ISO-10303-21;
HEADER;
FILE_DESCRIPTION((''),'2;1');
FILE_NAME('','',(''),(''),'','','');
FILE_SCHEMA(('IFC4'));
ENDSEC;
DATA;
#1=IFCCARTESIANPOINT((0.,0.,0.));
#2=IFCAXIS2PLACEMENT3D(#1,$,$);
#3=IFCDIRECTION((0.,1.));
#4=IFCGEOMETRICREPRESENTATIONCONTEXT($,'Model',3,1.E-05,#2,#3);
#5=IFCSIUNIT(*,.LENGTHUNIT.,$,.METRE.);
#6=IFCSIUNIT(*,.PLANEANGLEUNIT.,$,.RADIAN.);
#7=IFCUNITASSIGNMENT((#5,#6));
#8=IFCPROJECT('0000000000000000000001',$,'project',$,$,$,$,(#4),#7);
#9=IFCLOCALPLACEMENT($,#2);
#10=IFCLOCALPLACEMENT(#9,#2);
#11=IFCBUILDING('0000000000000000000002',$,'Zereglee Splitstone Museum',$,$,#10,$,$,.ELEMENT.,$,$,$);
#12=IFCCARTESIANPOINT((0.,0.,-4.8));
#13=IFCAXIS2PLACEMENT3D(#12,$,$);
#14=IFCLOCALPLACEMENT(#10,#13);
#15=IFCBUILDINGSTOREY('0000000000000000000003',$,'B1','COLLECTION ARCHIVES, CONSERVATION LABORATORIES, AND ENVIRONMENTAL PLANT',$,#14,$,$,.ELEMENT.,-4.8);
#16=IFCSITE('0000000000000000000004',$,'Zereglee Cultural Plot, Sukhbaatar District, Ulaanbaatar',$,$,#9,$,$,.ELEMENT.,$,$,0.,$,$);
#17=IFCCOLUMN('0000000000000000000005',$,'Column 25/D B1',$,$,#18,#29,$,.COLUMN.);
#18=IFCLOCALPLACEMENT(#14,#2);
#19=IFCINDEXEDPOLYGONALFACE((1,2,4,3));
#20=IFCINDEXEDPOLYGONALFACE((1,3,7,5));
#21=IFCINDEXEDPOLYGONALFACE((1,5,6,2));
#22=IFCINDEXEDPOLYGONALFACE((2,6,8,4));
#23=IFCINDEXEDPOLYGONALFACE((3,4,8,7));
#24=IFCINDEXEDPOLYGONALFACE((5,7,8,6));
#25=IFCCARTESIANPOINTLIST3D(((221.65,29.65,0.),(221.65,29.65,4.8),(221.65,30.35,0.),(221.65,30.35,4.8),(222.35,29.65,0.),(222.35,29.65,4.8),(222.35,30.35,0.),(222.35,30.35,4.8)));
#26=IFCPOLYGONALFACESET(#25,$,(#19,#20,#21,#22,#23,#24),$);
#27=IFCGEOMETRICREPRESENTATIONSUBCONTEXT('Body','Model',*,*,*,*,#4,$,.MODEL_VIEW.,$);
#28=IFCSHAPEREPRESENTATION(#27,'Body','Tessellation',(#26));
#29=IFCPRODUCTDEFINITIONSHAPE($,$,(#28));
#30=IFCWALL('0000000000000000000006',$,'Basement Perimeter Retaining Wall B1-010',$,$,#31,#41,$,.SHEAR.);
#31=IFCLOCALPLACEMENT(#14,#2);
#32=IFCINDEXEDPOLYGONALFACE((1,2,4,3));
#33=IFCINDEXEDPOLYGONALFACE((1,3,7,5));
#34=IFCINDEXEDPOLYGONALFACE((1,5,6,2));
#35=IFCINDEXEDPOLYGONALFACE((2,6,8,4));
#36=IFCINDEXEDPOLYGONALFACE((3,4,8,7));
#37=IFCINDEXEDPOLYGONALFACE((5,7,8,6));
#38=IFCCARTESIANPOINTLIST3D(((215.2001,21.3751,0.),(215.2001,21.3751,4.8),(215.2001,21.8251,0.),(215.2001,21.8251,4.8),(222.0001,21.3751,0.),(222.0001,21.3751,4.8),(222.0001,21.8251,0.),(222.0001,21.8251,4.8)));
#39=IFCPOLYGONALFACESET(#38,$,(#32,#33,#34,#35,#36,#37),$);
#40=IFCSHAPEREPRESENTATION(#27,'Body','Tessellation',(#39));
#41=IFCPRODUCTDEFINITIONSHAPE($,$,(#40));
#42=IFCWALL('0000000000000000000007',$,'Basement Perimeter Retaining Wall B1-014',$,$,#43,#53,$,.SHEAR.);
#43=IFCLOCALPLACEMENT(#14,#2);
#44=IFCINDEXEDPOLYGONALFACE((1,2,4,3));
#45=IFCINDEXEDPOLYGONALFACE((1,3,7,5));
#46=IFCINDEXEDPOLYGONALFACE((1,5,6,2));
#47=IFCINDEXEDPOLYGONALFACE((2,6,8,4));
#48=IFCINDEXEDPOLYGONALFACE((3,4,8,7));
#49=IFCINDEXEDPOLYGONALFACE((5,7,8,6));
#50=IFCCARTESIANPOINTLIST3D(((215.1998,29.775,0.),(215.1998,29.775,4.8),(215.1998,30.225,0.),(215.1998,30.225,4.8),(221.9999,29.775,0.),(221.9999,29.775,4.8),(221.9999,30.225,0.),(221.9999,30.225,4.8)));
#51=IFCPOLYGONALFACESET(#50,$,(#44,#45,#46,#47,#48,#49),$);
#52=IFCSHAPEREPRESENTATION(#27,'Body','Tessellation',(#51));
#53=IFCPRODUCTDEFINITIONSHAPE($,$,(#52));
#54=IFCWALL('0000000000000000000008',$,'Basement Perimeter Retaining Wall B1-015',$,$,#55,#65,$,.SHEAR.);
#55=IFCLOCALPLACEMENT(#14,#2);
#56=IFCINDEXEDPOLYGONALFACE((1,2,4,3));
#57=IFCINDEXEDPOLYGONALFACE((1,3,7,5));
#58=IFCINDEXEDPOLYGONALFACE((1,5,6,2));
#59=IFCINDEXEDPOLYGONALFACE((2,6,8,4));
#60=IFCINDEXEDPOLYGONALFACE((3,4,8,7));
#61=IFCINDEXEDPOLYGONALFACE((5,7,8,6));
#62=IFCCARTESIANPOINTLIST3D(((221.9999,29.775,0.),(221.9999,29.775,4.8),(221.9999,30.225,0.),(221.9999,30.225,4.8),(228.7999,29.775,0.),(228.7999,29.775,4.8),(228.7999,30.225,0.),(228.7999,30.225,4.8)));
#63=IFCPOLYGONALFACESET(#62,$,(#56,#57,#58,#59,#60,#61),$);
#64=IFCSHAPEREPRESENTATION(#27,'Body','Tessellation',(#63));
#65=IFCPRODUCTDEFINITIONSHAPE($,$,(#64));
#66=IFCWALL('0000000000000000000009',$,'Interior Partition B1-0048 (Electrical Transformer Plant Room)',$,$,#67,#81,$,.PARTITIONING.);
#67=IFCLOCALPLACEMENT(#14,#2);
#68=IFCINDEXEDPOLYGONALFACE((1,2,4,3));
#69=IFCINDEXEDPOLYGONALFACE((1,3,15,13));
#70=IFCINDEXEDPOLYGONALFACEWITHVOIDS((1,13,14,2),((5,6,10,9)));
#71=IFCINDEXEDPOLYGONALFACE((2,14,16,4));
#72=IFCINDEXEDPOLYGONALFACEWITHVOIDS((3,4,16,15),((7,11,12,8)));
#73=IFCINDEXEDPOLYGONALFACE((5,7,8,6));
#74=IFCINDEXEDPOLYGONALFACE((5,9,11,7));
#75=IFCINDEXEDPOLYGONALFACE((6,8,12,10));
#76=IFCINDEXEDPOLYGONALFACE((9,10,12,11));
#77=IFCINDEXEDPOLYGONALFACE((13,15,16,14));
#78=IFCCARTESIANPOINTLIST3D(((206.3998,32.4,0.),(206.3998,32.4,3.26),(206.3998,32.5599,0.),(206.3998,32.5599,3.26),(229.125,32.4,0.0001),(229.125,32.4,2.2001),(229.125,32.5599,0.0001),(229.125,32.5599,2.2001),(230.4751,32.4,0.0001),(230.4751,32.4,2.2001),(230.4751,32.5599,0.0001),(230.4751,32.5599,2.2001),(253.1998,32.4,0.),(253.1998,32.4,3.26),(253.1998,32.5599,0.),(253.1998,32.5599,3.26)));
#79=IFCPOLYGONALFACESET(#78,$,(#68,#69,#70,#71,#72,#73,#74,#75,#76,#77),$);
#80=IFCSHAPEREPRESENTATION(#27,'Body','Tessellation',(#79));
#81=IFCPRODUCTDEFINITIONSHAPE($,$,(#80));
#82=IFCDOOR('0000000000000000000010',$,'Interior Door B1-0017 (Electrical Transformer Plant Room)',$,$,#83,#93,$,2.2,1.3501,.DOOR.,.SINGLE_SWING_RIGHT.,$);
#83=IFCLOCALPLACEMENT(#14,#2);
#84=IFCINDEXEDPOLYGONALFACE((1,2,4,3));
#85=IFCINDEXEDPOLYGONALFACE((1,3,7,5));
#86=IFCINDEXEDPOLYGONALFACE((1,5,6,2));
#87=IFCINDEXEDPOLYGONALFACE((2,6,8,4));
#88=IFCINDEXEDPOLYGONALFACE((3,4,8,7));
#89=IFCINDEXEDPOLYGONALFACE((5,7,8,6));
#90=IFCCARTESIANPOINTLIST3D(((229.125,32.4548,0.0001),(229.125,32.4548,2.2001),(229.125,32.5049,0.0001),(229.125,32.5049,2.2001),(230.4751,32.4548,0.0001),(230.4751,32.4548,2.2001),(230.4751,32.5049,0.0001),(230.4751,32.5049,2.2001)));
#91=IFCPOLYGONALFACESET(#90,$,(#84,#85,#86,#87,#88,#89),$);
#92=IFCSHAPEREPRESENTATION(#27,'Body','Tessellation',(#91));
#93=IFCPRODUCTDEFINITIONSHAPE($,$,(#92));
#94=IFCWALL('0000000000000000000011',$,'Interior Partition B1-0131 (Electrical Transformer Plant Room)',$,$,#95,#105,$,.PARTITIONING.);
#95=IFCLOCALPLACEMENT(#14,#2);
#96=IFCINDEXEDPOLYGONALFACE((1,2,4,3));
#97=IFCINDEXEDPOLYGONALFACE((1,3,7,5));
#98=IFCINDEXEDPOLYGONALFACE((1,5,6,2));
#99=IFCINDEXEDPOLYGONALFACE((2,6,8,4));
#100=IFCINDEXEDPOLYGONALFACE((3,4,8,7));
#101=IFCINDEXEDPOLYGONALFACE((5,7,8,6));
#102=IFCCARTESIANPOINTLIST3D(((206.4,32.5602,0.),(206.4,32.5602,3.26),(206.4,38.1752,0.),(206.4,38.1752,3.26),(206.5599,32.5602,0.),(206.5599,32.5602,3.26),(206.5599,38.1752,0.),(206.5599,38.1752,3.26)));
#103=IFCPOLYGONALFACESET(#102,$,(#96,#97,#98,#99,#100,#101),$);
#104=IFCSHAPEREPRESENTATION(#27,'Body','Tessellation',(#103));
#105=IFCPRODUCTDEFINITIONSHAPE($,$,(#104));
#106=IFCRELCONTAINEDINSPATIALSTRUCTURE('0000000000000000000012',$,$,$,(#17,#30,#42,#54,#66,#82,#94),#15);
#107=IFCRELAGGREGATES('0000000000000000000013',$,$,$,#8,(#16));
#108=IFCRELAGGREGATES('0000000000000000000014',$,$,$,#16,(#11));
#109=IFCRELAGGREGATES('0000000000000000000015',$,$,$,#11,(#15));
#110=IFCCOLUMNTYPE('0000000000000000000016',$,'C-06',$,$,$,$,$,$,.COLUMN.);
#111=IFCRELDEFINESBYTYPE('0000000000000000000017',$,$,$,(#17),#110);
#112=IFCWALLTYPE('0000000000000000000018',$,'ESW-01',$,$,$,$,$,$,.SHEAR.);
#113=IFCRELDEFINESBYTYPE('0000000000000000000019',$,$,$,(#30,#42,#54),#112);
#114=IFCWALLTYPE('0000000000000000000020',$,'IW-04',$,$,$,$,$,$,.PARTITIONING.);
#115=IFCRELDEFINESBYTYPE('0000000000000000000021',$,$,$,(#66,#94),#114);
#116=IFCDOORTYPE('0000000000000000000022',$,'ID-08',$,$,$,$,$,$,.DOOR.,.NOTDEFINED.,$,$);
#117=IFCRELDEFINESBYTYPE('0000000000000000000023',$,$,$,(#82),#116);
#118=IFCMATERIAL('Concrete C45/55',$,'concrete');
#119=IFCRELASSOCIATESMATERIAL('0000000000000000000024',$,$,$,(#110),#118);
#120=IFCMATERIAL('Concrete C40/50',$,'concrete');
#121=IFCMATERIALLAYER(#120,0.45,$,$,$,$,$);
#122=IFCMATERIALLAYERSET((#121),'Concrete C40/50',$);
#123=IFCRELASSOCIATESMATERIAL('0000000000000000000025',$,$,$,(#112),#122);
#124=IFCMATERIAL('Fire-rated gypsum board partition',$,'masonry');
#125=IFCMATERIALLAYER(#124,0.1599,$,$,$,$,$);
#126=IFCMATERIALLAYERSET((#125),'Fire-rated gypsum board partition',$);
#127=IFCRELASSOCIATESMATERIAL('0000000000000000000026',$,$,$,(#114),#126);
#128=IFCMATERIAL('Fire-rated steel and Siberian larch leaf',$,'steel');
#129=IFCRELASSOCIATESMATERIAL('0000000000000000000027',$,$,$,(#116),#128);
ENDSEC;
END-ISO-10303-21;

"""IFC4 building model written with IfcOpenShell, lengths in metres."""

from ifc_helpers import new_model, si_unit, direction, frame, frame_2d, origin, origin_2d, place, context, subcontext, project, spatial, rectangle, extrude, material, layer, layer_set, material_profile, profile_set, type_object, element, fill, save


model = new_model("IFC4")

# Units and contexts
model_context = context("Model", 3, precision=1e-05, world=origin(), true_north=direction((0.0, 1.0)))
body_context = subcontext(model_context, "Body", "Model", "MODEL_VIEW")
ifc_project = project(units=[si_unit("LENGTHUNIT", "METRE"), si_unit("PLANEANGLEUNIT", "RADIAN")], contexts=[model_context])

# Site, building, storey
site_placement = place(None, origin())
site = spatial("IfcSite", under=ifc_project, at=site_placement, Name="Zereglee Cultural Plot, Sukhbaatar District, Ulaanbaatar", CompositionType="ELEMENT", RefElevation=0.0)
building_placement = place(site_placement, origin())
building = spatial("IfcBuilding", under=site, at=building_placement, Name="Zereglee Splitstone Museum", CompositionType="ELEMENT")
storey_placement = place(building_placement, frame((0.0, 0.0, -4.8)))
storey = spatial("IfcBuildingStorey", under=building, at=storey_placement, Name="B1", Description="COLLECTION ARCHIVES, CONSERVATION LABORATORIES, AND ENVIRONMENTAL PLANT", CompositionType="ELEMENT", Elevation=-4.8)

# Shared definitions
ifc_material_1 = material(Name="Concrete C40/50", Category="concrete")

# Column
ifc_material_2 = material(Name="Concrete C45/55", Category="concrete")
ifc_material_profile_1 = material_profile(ifc_material_2, rectangle(XDim=0.7, YDim=0.7, at=origin_2d()), Name="RC 700x700")
ifc_profile_set_1 = profile_set([ifc_material_profile_1], Name="Concrete C45/55")
column_type_1 = type_object("IfcColumnType", Name="C-06", PredefinedType="COLUMN", material=ifc_profile_set_1)
column_1_placement = place(storey_placement, frame((222.0, 30.0, 0.0), z_axis=(0.0, 0.0, 1.0), x_axis=(1.0, 0.0, 0.0)))
element("IfcColumn", 1, at=column_1_placement, inside=storey, type_object=column_type_1, Name="Column 25/D B1", PredefinedType="COLUMN", context=body_context, shape_type="SweptSolid", body=[
    extrude(rectangle(XDim=0.7, YDim=0.7, at=origin_2d()), origin(), (0.0, 0.0, 1.0), 4.8),
])

# Walls
ifc_layer_1 = layer(ifc_material_1, 0.45)
ifc_layer_set_1 = layer_set([ifc_layer_1], Name="Concrete C40/50")
wall_type_1 = type_object("IfcWallType", Name="ESW-01", PredefinedType="SHEAR", material=ifc_layer_set_1)
for number, where, z_axis, x_axis, name in (
    (2, (222.0, 21.6001, 0.0), (0.0, 0.0, 1.0), (-1.0, 0.0, 0.0), "Basement Perimeter Retaining Wall B1-010"),
    (3, (215.2, 30.0, 0.0), (0.0, 0.0, 1.0), (1.0, 0.0, 0.0), "Basement Perimeter Retaining Wall B1-014"),
    (4, (222.0, 30.0, 0.0), (0.0, 0.0, 1.0), (1.0, 0.0, 0.0), "Basement Perimeter Retaining Wall B1-015"),
):
    element("IfcWall", number, at=place(storey_placement, frame(where, z_axis=z_axis, x_axis=x_axis)), inside=storey, type_object=wall_type_1, Name=name, PredefinedType="SHEAR", context=body_context, shape_type="SweptSolid", body=[
        extrude(rectangle(XDim=6.8, YDim=0.45, at=frame_2d((3.3999, 0.0))), origin(), (0.0, 0.0, 1.0), 4.8),
    ])

# Wall, opening, door
ifc_material_3 = material(Name="Fire-rated gypsum board partition", Category="masonry")
ifc_layer_2 = layer(ifc_material_3, 0.1599)
ifc_layer_set_2 = layer_set([ifc_layer_2], Name="Fire-rated gypsum board partition")
wall_type_2 = type_object("IfcWallType", Name="IW-04", PredefinedType="PARTITIONING", material=ifc_layer_set_2)
wall_1_placement = place(storey_placement, frame((206.3999, 32.48, 0.0), z_axis=(0.0, 0.0, 1.0), x_axis=(1.0, 0.0, 0.0)))
wall_1 = element("IfcWall", 5, at=wall_1_placement, inside=storey, type_object=wall_type_2, Name="Interior Partition B1-0048 (Electrical Transformer Plant Room)", PredefinedType="PARTITIONING", context=body_context, shape_type="SweptSolid", body=[
    extrude(rectangle(XDim=46.8, YDim=0.1599, at=frame_2d((23.3999, 0.0))), origin(), (0.0, 0.0, 1.0), 3.26),
])
opening_placement = place(wall_1_placement, frame((22.7251, 0.0, 0.0)))
opening = element("IfcOpeningElement", 6, at=opening_placement, cuts=wall_1, PredefinedType="OPENING", context=body_context, shape_type="SweptSolid", body=[
    extrude(rectangle(XDim=1.3501, YDim=2.2, at=frame_2d((0.675, 1.1001))), frame((0.0, 0.0947, 0.0), z_axis=(0.0, -1.0, 0.0), x_axis=(1.0, 0.0, 0.0)), (0.0, 0.0, 1.0), 0.1897),
])
ifc_material_4 = material(Name="Fire-rated steel and Siberian larch leaf", Category="steel")
door_type = type_object("IfcDoorType", Name="ID-08", OperationType="NOTDEFINED", PredefinedType="DOOR", material=ifc_material_4)
door_placement = place(opening_placement, origin())
door = element("IfcDoor", 7, at=door_placement, inside=storey, type_object=door_type, Name="Interior Door B1-0017 (Electrical Transformer Plant Room)", OperationType="SINGLE_SWING_RIGHT", OverallHeight=2.2, OverallWidth=1.3501, PredefinedType="DOOR", context=body_context, shape_type="SweptSolid", body=[
    extrude(rectangle(XDim=1.3501, YDim=2.2, at=frame_2d((0.675, 1.1001))), frame((0.0, 0.0249, 0.0), z_axis=(0.0, -1.0, 0.0), x_axis=(1.0, 0.0, 0.0)), (0.0, 0.0, 1.0), 0.05),
])
fill(opening, door)

# Wall
wall_2_placement = place(storey_placement, frame((206.48, 32.5601, 0.0), z_axis=(0.0, 0.0, 1.0), x_axis=(0.0, 1.0, 0.0)))
element("IfcWall", 8, at=wall_2_placement, inside=storey, type_object=wall_type_2, Name="Interior Partition B1-0131 (Electrical Transformer Plant Room)", PredefinedType="PARTITIONING", context=body_context, shape_type="SweptSolid", body=[
    extrude(rectangle(XDim=5.615, YDim=0.1599, at=frame_2d((2.8076, 0.0))), origin(), (0.0, 0.0, 1.0), 3.26),
])

save(model, "model.ifc")
